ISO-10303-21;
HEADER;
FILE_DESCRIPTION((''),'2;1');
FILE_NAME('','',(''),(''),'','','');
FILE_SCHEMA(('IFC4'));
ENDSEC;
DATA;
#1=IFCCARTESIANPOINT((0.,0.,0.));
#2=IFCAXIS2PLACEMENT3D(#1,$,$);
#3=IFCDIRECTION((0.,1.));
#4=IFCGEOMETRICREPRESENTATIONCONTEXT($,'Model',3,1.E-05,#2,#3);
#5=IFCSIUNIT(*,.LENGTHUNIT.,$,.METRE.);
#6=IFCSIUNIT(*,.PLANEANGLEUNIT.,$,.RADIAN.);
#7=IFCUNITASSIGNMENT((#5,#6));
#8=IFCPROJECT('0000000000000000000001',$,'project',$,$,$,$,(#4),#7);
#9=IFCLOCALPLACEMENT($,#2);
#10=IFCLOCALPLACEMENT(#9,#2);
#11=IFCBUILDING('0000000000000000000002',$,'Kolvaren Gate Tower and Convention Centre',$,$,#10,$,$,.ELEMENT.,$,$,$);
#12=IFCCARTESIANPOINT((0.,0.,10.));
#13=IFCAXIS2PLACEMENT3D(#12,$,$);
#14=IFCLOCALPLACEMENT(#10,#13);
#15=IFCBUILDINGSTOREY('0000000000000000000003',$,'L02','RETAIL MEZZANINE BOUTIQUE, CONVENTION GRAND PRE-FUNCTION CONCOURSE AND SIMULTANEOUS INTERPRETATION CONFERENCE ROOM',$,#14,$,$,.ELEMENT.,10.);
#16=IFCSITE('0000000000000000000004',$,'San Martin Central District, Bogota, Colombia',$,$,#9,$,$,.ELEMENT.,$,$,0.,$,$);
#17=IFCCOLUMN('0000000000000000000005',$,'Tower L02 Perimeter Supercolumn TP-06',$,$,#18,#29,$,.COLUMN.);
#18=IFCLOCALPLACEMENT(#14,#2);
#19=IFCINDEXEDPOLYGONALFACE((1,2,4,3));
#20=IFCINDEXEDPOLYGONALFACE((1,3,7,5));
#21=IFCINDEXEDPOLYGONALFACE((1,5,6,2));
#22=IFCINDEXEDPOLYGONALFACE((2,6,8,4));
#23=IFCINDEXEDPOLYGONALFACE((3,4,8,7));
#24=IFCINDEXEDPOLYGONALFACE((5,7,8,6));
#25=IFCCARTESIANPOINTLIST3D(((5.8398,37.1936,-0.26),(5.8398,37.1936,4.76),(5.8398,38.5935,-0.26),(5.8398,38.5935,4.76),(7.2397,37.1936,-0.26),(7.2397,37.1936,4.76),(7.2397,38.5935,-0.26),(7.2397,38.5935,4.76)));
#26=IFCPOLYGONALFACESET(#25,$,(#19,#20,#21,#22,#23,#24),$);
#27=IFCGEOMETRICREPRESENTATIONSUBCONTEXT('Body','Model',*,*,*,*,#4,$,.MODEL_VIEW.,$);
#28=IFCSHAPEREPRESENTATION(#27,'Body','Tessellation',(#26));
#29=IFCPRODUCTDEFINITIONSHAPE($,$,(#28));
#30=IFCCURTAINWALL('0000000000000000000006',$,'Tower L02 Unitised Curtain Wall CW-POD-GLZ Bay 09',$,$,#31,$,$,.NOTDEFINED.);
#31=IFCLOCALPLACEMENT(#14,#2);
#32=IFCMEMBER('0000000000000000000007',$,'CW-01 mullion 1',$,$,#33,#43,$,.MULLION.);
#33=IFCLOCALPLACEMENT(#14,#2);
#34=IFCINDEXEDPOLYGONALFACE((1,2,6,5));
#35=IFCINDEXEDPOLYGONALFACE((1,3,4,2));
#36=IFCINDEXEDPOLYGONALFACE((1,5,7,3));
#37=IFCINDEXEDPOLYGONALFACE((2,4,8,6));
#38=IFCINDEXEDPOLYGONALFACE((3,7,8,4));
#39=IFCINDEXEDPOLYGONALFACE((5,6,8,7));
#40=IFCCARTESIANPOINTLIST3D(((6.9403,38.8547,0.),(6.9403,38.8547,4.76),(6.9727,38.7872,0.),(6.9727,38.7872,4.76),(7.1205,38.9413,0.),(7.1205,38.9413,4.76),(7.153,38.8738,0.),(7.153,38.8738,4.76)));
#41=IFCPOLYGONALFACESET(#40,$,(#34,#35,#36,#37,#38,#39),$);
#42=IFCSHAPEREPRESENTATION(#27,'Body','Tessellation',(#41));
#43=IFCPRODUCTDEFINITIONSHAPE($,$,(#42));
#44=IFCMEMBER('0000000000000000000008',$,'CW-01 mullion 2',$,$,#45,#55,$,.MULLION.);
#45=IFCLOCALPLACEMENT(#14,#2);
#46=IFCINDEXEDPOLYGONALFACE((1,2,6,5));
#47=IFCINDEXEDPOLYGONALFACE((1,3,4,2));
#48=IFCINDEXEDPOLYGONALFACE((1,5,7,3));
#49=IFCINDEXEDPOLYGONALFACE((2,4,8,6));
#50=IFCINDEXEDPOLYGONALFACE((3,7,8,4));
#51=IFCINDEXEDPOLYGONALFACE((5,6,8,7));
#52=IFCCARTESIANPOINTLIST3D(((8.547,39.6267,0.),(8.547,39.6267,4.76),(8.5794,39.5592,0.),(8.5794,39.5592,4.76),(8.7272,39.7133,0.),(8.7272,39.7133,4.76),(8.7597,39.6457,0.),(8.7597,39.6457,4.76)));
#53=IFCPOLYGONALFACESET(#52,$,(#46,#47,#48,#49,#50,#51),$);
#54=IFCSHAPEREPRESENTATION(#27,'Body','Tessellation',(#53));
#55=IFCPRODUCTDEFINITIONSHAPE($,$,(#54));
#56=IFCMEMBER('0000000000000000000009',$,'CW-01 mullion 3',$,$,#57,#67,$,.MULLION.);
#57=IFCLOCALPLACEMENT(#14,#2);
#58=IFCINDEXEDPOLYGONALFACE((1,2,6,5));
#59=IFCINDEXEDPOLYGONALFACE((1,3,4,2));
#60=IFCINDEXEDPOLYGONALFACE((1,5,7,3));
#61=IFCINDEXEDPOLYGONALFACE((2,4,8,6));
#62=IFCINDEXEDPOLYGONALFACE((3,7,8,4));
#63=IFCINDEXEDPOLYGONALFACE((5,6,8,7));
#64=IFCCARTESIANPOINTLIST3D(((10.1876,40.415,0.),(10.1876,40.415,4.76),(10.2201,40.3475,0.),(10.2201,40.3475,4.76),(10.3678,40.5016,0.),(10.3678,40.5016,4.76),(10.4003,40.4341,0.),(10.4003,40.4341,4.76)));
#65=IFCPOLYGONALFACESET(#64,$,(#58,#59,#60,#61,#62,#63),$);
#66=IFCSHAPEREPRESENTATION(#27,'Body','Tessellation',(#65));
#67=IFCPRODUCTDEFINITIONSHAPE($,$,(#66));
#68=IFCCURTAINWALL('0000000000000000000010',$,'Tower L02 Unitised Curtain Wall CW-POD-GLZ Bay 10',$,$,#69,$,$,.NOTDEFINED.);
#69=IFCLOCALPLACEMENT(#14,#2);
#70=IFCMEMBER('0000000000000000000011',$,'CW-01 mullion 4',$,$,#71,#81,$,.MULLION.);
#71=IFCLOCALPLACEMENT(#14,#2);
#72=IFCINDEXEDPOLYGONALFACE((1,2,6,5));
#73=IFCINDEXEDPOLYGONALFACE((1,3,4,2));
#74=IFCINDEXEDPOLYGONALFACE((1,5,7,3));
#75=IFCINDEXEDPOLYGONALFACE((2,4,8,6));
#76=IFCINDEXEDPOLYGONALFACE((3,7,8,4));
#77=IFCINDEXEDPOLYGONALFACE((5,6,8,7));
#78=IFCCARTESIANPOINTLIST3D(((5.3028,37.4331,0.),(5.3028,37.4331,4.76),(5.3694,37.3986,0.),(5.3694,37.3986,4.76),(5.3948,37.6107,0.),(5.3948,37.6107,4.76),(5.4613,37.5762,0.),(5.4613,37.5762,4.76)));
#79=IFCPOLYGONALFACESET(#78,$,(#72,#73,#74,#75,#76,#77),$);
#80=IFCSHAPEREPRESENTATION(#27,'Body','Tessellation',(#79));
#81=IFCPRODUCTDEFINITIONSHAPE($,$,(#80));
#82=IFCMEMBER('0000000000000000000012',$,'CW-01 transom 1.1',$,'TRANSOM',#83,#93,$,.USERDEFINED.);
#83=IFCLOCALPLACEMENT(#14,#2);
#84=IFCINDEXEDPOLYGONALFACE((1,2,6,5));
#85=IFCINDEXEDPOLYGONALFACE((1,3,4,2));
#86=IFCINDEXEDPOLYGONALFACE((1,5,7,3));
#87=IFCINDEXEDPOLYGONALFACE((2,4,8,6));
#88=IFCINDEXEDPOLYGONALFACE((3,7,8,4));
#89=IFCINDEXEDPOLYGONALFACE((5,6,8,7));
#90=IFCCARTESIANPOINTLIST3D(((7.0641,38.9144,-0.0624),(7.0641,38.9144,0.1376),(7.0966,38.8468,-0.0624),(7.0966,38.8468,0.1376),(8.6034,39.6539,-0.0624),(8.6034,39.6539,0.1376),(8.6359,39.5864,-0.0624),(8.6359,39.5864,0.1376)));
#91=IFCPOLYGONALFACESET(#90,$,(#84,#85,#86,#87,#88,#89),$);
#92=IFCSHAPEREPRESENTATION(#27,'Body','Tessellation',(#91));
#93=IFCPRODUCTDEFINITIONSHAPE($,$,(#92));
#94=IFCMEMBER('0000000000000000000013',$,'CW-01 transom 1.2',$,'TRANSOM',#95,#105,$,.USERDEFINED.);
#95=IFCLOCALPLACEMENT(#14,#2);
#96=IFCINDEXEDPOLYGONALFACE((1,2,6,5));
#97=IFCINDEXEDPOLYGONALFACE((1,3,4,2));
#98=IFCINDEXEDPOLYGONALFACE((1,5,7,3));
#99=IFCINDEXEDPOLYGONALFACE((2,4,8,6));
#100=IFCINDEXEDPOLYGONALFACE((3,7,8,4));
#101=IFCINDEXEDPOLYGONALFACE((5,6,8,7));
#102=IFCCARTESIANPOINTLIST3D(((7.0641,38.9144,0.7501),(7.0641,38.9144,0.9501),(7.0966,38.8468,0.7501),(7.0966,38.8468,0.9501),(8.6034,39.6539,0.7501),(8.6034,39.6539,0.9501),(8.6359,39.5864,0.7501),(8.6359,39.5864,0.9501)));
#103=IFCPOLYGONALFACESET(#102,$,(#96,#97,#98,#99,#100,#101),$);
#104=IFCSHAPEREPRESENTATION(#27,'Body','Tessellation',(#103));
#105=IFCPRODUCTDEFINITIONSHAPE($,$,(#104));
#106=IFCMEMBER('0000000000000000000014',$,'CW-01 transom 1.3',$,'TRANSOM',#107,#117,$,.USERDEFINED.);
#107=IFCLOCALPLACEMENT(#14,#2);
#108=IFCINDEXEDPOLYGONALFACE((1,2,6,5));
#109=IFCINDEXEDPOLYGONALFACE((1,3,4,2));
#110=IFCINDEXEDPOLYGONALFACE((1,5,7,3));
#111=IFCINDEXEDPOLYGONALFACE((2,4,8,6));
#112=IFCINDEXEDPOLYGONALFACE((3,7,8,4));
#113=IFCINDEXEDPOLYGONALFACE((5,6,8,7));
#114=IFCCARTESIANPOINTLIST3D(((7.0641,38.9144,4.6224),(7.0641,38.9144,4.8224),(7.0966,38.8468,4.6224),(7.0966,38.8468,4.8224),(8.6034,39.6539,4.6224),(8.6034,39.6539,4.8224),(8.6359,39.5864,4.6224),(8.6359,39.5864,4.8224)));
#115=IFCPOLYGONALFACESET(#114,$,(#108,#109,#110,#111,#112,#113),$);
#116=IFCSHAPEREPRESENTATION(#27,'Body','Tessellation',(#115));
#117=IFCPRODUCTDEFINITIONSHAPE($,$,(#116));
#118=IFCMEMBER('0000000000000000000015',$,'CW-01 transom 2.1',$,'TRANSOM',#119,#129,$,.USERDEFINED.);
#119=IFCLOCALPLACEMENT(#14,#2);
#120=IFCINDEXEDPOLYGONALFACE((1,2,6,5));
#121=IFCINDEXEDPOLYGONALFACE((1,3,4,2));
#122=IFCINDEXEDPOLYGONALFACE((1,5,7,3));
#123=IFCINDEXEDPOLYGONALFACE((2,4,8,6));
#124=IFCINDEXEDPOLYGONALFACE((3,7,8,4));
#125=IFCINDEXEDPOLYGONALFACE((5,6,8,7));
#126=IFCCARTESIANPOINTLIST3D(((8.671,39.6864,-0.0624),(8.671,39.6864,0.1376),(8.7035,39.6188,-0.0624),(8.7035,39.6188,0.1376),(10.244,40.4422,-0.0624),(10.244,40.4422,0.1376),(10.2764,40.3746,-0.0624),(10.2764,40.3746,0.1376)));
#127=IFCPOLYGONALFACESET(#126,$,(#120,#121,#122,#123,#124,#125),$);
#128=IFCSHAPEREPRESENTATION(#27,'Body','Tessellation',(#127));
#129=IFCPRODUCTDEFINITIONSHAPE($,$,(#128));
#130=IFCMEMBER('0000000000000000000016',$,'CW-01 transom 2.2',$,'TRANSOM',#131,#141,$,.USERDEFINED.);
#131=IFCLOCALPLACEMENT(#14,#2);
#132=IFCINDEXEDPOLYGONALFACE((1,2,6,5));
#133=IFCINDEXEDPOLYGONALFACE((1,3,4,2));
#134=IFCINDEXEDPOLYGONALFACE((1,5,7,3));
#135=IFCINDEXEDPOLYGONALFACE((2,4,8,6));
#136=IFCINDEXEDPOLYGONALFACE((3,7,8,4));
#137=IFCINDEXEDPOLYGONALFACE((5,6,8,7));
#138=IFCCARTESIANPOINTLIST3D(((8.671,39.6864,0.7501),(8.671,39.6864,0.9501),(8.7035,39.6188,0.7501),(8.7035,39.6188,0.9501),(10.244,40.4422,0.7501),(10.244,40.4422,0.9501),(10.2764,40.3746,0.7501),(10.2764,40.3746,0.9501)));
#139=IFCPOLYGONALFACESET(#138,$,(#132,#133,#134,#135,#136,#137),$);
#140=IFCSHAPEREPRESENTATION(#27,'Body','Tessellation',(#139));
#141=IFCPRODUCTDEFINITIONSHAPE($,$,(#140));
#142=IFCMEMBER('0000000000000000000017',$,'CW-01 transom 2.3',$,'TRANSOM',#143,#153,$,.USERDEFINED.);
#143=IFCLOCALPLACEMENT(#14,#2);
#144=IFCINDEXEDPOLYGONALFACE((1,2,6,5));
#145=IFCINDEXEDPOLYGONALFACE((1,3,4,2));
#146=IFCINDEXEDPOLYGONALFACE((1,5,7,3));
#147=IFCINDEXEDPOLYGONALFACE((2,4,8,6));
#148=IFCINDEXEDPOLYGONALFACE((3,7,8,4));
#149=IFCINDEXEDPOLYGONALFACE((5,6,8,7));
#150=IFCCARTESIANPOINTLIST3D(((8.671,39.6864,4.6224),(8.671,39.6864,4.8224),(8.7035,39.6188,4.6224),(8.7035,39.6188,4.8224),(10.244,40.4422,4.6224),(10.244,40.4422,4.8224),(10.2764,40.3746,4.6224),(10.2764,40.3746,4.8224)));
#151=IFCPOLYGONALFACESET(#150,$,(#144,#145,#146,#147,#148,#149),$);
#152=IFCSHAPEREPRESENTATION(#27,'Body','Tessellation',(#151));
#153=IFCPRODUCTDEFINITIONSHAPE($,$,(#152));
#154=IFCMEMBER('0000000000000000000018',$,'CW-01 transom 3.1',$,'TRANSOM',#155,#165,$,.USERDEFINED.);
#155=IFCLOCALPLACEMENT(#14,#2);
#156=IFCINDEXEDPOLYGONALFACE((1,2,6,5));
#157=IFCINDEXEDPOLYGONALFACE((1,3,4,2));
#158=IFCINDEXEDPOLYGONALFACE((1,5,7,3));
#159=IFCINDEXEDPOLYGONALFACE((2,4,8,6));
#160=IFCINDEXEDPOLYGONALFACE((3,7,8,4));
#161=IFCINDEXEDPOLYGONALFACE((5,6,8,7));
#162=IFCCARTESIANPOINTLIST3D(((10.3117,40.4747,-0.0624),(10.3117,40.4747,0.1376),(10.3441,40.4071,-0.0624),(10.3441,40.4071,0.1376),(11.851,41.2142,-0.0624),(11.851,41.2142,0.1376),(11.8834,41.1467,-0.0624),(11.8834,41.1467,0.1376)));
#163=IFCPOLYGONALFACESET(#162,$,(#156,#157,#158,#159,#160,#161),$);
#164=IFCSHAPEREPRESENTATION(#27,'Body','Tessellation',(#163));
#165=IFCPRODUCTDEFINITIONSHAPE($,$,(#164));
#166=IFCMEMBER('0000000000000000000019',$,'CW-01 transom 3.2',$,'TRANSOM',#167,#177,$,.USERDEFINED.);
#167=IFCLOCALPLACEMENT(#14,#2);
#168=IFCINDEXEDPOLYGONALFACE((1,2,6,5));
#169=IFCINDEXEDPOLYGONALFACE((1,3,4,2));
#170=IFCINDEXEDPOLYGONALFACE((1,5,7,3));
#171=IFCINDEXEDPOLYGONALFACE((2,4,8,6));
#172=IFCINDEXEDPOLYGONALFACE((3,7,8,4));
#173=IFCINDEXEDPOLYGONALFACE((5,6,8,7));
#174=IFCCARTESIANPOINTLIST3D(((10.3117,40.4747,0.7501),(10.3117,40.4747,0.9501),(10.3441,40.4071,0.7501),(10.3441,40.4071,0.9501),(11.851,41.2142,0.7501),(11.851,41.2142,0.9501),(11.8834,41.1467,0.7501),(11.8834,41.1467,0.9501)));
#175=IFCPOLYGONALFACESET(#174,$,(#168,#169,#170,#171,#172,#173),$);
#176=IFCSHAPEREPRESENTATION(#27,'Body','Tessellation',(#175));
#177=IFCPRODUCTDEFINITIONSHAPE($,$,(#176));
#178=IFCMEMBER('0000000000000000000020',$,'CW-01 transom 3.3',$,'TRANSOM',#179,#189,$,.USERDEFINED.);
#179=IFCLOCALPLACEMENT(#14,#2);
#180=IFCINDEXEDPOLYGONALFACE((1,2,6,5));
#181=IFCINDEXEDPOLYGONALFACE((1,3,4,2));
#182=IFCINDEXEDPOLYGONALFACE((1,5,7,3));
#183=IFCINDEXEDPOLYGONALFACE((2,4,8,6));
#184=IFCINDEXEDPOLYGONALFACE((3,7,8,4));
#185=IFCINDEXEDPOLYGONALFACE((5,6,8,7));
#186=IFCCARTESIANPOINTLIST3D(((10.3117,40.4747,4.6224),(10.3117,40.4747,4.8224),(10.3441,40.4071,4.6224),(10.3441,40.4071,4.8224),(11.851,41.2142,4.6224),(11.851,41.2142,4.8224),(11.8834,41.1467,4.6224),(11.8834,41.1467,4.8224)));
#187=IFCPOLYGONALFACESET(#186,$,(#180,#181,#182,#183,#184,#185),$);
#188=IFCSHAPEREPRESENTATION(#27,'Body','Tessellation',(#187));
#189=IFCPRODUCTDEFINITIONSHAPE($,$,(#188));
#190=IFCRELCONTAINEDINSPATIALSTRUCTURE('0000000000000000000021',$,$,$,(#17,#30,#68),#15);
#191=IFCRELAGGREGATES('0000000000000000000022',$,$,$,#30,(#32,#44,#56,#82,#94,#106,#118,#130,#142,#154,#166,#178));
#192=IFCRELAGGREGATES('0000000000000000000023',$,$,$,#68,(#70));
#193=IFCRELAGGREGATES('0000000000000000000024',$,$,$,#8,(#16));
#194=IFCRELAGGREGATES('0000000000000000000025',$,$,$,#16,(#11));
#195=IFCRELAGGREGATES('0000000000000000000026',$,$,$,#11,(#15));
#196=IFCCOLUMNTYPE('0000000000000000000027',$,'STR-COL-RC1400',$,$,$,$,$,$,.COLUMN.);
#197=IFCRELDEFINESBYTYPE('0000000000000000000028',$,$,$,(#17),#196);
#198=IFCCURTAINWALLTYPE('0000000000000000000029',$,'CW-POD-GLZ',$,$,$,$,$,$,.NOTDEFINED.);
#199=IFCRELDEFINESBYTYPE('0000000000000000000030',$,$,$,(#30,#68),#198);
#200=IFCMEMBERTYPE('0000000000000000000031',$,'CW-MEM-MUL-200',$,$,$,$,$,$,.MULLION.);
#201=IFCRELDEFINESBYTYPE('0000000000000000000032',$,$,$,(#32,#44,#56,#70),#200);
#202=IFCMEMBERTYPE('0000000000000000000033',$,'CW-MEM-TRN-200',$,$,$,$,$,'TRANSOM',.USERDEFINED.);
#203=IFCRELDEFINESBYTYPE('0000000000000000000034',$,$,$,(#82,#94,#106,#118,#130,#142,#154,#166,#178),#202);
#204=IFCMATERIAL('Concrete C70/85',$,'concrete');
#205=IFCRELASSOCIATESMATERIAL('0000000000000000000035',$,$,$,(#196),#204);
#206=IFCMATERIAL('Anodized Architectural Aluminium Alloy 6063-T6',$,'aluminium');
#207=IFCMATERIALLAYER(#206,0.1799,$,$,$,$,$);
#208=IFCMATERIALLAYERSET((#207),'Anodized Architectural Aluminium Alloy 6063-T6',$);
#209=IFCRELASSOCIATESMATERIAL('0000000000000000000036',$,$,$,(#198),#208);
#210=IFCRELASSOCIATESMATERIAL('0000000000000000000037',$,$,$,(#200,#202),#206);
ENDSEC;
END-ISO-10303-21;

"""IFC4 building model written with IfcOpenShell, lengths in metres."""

from ifc_helpers import new_model, si_unit, direction, frame, origin, origin_2d, place, context, subcontext, project, spatial, rectangle, extrude, material, layer, layer_set, material_profile, profile_set, type_object, element, aggregate, save


model = new_model("IFC4")

# Units and contexts
model_context = context("Model", 3, precision=1e-05, world=origin(), true_north=direction((0.0, 1.0)))
body_context = subcontext(model_context, "Body", "Model", "MODEL_VIEW")
ifc_project = project(units=[si_unit("LENGTHUNIT", "METRE"), si_unit("PLANEANGLEUNIT", "RADIAN")], contexts=[model_context])

# Site, building, storey
site_placement = place(None, origin())
site = spatial("IfcSite", under=ifc_project, at=site_placement, Name="San Martin Central District, Bogota, Colombia", CompositionType="ELEMENT", RefElevation=0.0)
building_placement = place(site_placement, origin())
building = spatial("IfcBuilding", under=site, at=building_placement, Name="Kolvaren Gate Tower and Convention Centre", CompositionType="ELEMENT")
storey_placement = place(building_placement, frame((0.0, 0.0, 10.0)))
storey = spatial("IfcBuildingStorey", under=building, at=storey_placement, Name="L02", Description="RETAIL MEZZANINE BOUTIQUE, CONVENTION GRAND PRE-FUNCTION CONCOURSE AND SIMULTANEOUS INTERPRETATION CONFERENCE ROOM", CompositionType="ELEMENT", Elevation=10.0)

# Column
ifc_material_1 = material(Name="Concrete C70/85", Category="concrete")
ifc_material_profile_1 = material_profile(ifc_material_1, rectangle(XDim=1.3999, YDim=1.3999, at=origin_2d()), Name="RC-COL-1400X1400")
ifc_profile_set_1 = profile_set([ifc_material_profile_1], Name="Concrete C70/85")
column_type = type_object("IfcColumnType", Name="STR-COL-RC1400", PredefinedType="COLUMN", material=ifc_profile_set_1)
column_placement = place(storey_placement, frame((6.5398, 37.8936, -0.26), z_axis=(0.0, 0.0, 1.0), x_axis=(1.0, 0.0, 0.0)))
element("IfcColumn", 1, at=column_placement, inside=storey, type_object=column_type, Name="Tower L02 Perimeter Supercolumn TP-06", PredefinedType="COLUMN", context=body_context, shape_type="SweptSolid", body=[
    extrude(rectangle(XDim=1.3999, YDim=1.3999, at=origin_2d()), origin(), (0.0, 0.0, 1.0), 5.02),
])

# Curtain wall, members
ifc_material_2 = material(Name="Anodized Architectural Aluminium Alloy 6063-T6", Category="aluminium")
ifc_layer_1 = layer(ifc_material_2, 0.1799)
ifc_layer_set_1 = layer_set([ifc_layer_1], Name="Anodized Architectural Aluminium Alloy 6063-T6")
curtain_wall_type = type_object("IfcCurtainWallType", Name="CW-POD-GLZ", PredefinedType="NOTDEFINED", material=ifc_layer_set_1)
curtain_wall_1_placement = place(storey_placement, origin())
curtain_wall_1 = element("IfcCurtainWall", 2, at=curtain_wall_1_placement, inside=storey, type_object=curtain_wall_type, Name="Tower L02 Unitised Curtain Wall CW-POD-GLZ Bay 09", PredefinedType="NOTDEFINED")
ifc_material_profile_2 = material_profile(ifc_material_2, rectangle(XDim=0.075, YDim=0.2, at=origin_2d()), Name="CW-MEM-MUL-200")
ifc_profile_set_2 = profile_set([ifc_material_profile_2], Name="Anodized Architectural Aluminium Alloy 6063-T6")
member_type_1 = type_object("IfcMemberType", Name="CW-MEM-MUL-200", PredefinedType="MULLION", material=ifc_profile_set_2)
member_1_placement = place(storey_placement, frame((7.0466, 38.8643, 0.0), z_axis=(0.0, 0.0, 1.0), x_axis=(-0.433057, 0.901367, 0.0)))
member_1 = element("IfcMember", 3, at=member_1_placement, type_object=member_type_1, Name="CW-01 mullion 1", PredefinedType="MULLION", context=body_context, shape_type="SweptSolid", body=[
    extrude(rectangle(XDim=0.075, YDim=0.2, at=origin_2d()), origin(), (0.0, 0.0, 1.0), 4.76),
])
member_2_placement = place(storey_placement, frame((8.6533, 39.6362, 0.0), z_axis=(0.0, 0.0, 1.0), x_axis=(-0.433057, 0.901367, 0.0)))
member_2 = element("IfcMember", 4, at=member_2_placement, type_object=member_type_1, Name="CW-01 mullion 2", PredefinedType="MULLION", context=body_context, shape_type="SweptSolid", body=[
    extrude(rectangle(XDim=0.075, YDim=0.2, at=origin_2d()), origin(), (0.0, 0.0, 1.0), 4.76),
])
member_3_placement = place(storey_placement, frame((10.2939, 40.4246, 0.0), z_axis=(0.0, 0.0, 1.0), x_axis=(-0.433057, 0.901367, 0.0)))
member_3 = element("IfcMember", 5, at=member_3_placement, type_object=member_type_1, Name="CW-01 mullion 3", PredefinedType="MULLION", context=body_context, shape_type="SweptSolid", body=[
    extrude(rectangle(XDim=0.075, YDim=0.2, at=origin_2d()), origin(), (0.0, 0.0, 1.0), 4.76),
])

# Curtain wall, member
curtain_wall_2_placement = place(storey_placement, origin())
curtain_wall_2 = element("IfcCurtainWall", 6, at=curtain_wall_2_placement, inside=storey, type_object=curtain_wall_type, Name="Tower L02 Unitised Curtain Wall CW-POD-GLZ Bay 10", PredefinedType="NOTDEFINED")
member_4_placement = place(storey_placement, frame((5.3821, 37.5046, 0.0), z_axis=(0.0, 0.0, 1.0), x_axis=(-0.888028, 0.459789, 0.0)))
member_4 = element("IfcMember", 7, at=member_4_placement, type_object=member_type_1, Name="CW-01 mullion 4", PredefinedType="MULLION", context=body_context, shape_type="SweptSolid", body=[
    extrude(rectangle(XDim=0.075, YDim=0.2, at=origin_2d()), origin(), (0.0, 0.0, 1.0), 4.76),
])

# Members
ifc_material_profile_3 = material_profile(ifc_material_2, rectangle(XDim=0.075, YDim=0.2, at=origin_2d()), Name="CW-MEM-TRN-200")
ifc_profile_set_3 = profile_set([ifc_material_profile_3], Name="Anodized Architectural Aluminium Alloy 6063-T6")
member_type_2 = type_object("IfcMemberType", Name="CW-MEM-TRN-200", ElementType="TRANSOM", PredefinedType="USERDEFINED", material=ifc_profile_set_3)
member_5_placement = place(storey_placement, frame((7.0803, 38.8806, 0.0376), z_axis=(0.901378, 0.433033, 0.0), x_axis=(-0.433033, 0.901378, 0.0)))
member_5 = element("IfcMember", 8, at=member_5_placement, type_object=member_type_2, Name="CW-01 transom 1.1", ObjectType="TRANSOM", PredefinedType="USERDEFINED", context=body_context, shape_type="SweptSolid", body=[
    extrude(rectangle(XDim=0.075, YDim=0.2, at=origin_2d()), origin(), (0.0, 0.0, 1.0), 1.7078),
])
member_6_placement = place(storey_placement, frame((7.0803, 38.8806, 0.8501), z_axis=(0.901378, 0.433033, 0.0), x_axis=(-0.433033, 0.901378, 0.0)))
member_6 = element("IfcMember", 9, at=member_6_placement, type_object=member_type_2, Name="CW-01 transom 1.2", ObjectType="TRANSOM", PredefinedType="USERDEFINED", context=body_context, shape_type="SweptSolid", body=[
    extrude(rectangle(XDim=0.075, YDim=0.2, at=origin_2d()), origin(), (0.0, 0.0, 1.0), 1.7078),
])
member_7_placement = place(storey_placement, frame((7.0803, 38.8806, 4.7224), z_axis=(0.901378, 0.433033, 0.0), x_axis=(-0.433033, 0.901378, 0.0)))
member_7 = element("IfcMember", 10, at=member_7_placement, type_object=member_type_2, Name="CW-01 transom 1.3", ObjectType="TRANSOM", PredefinedType="USERDEFINED", context=body_context, shape_type="SweptSolid", body=[
    extrude(rectangle(XDim=0.075, YDim=0.2, at=origin_2d()), origin(), (0.0, 0.0, 1.0), 1.7078),
])
member_8_placement = place(storey_placement, frame((8.6873, 39.6526, 0.0376), z_axis=(0.90134, 0.433113, 0.0), x_axis=(-0.433113, 0.90134, 0.0)))
member_8 = element("IfcMember", 11, at=member_8_placement, type_object=member_type_2, Name="CW-01 transom 2.1", ObjectType="TRANSOM", PredefinedType="USERDEFINED", context=body_context, shape_type="SweptSolid", body=[
    extrude(rectangle(XDim=0.075, YDim=0.2, at=origin_2d()), origin(), (0.0, 0.0, 1.0), 1.7451),
])
member_9_placement = place(storey_placement, frame((8.6873, 39.6526, 0.8501), z_axis=(0.90134, 0.433113, 0.0), x_axis=(-0.433113, 0.90134, 0.0)))
member_9 = element("IfcMember", 12, at=member_9_placement, type_object=member_type_2, Name="CW-01 transom 2.2", ObjectType="TRANSOM", PredefinedType="USERDEFINED", context=body_context, shape_type="SweptSolid", body=[
    extrude(rectangle(XDim=0.075, YDim=0.2, at=origin_2d()), origin(), (0.0, 0.0, 1.0), 1.7451),
])
member_10_placement = place(storey_placement, frame((8.6873, 39.6526, 4.7224), z_axis=(0.90134, 0.433113, 0.0), x_axis=(-0.433113, 0.90134, 0.0)))
member_10 = element("IfcMember", 13, at=member_10_placement, type_object=member_type_2, Name="CW-01 transom 2.3", ObjectType="TRANSOM", PredefinedType="USERDEFINED", context=body_context, shape_type="SweptSolid", body=[
    extrude(rectangle(XDim=0.075, YDim=0.2, at=origin_2d()), origin(), (0.0, 0.0, 1.0), 1.7451),
])
member_11_placement = place(storey_placement, frame((10.3279, 40.4409, 0.0376), z_axis=(0.901378, 0.433033, 0.0), x_axis=(-0.433033, 0.901378, 0.0)))
member_11 = element("IfcMember", 14, at=member_11_placement, type_object=member_type_2, Name="CW-01 transom 3.1", ObjectType="TRANSOM", PredefinedType="USERDEFINED", context=body_context, shape_type="SweptSolid", body=[
    extrude(rectangle(XDim=0.075, YDim=0.2, at=origin_2d()), origin(), (0.0, 0.0, 1.0), 1.7078),
])
member_12_placement = place(storey_placement, frame((10.3279, 40.4409, 0.8501), z_axis=(0.901378, 0.433033, 0.0), x_axis=(-0.433033, 0.901378, 0.0)))
member_12 = element("IfcMember", 15, at=member_12_placement, type_object=member_type_2, Name="CW-01 transom 3.2", ObjectType="TRANSOM", PredefinedType="USERDEFINED", context=body_context, shape_type="SweptSolid", body=[
    extrude(rectangle(XDim=0.075, YDim=0.2, at=origin_2d()), origin(), (0.0, 0.0, 1.0), 1.7078),
])
member_13_placement = place(storey_placement, frame((10.3279, 40.4409, 4.7224), z_axis=(0.901378, 0.433033, 0.0), x_axis=(-0.433033, 0.901378, 0.0)))
member_13 = element("IfcMember", 16, at=member_13_placement, type_object=member_type_2, Name="CW-01 transom 3.3", ObjectType="TRANSOM", PredefinedType="USERDEFINED", context=body_context, shape_type="SweptSolid", body=[
    extrude(rectangle(XDim=0.075, YDim=0.2, at=origin_2d()), origin(), (0.0, 0.0, 1.0), 1.7078),
])

aggregate(curtain_wall_1, [member_1, member_2, member_3, member_5, member_6, member_7, member_8, member_9, member_10, member_11, member_12, member_13])
aggregate(curtain_wall_2, [member_4])

save(model, "model.ifc")
